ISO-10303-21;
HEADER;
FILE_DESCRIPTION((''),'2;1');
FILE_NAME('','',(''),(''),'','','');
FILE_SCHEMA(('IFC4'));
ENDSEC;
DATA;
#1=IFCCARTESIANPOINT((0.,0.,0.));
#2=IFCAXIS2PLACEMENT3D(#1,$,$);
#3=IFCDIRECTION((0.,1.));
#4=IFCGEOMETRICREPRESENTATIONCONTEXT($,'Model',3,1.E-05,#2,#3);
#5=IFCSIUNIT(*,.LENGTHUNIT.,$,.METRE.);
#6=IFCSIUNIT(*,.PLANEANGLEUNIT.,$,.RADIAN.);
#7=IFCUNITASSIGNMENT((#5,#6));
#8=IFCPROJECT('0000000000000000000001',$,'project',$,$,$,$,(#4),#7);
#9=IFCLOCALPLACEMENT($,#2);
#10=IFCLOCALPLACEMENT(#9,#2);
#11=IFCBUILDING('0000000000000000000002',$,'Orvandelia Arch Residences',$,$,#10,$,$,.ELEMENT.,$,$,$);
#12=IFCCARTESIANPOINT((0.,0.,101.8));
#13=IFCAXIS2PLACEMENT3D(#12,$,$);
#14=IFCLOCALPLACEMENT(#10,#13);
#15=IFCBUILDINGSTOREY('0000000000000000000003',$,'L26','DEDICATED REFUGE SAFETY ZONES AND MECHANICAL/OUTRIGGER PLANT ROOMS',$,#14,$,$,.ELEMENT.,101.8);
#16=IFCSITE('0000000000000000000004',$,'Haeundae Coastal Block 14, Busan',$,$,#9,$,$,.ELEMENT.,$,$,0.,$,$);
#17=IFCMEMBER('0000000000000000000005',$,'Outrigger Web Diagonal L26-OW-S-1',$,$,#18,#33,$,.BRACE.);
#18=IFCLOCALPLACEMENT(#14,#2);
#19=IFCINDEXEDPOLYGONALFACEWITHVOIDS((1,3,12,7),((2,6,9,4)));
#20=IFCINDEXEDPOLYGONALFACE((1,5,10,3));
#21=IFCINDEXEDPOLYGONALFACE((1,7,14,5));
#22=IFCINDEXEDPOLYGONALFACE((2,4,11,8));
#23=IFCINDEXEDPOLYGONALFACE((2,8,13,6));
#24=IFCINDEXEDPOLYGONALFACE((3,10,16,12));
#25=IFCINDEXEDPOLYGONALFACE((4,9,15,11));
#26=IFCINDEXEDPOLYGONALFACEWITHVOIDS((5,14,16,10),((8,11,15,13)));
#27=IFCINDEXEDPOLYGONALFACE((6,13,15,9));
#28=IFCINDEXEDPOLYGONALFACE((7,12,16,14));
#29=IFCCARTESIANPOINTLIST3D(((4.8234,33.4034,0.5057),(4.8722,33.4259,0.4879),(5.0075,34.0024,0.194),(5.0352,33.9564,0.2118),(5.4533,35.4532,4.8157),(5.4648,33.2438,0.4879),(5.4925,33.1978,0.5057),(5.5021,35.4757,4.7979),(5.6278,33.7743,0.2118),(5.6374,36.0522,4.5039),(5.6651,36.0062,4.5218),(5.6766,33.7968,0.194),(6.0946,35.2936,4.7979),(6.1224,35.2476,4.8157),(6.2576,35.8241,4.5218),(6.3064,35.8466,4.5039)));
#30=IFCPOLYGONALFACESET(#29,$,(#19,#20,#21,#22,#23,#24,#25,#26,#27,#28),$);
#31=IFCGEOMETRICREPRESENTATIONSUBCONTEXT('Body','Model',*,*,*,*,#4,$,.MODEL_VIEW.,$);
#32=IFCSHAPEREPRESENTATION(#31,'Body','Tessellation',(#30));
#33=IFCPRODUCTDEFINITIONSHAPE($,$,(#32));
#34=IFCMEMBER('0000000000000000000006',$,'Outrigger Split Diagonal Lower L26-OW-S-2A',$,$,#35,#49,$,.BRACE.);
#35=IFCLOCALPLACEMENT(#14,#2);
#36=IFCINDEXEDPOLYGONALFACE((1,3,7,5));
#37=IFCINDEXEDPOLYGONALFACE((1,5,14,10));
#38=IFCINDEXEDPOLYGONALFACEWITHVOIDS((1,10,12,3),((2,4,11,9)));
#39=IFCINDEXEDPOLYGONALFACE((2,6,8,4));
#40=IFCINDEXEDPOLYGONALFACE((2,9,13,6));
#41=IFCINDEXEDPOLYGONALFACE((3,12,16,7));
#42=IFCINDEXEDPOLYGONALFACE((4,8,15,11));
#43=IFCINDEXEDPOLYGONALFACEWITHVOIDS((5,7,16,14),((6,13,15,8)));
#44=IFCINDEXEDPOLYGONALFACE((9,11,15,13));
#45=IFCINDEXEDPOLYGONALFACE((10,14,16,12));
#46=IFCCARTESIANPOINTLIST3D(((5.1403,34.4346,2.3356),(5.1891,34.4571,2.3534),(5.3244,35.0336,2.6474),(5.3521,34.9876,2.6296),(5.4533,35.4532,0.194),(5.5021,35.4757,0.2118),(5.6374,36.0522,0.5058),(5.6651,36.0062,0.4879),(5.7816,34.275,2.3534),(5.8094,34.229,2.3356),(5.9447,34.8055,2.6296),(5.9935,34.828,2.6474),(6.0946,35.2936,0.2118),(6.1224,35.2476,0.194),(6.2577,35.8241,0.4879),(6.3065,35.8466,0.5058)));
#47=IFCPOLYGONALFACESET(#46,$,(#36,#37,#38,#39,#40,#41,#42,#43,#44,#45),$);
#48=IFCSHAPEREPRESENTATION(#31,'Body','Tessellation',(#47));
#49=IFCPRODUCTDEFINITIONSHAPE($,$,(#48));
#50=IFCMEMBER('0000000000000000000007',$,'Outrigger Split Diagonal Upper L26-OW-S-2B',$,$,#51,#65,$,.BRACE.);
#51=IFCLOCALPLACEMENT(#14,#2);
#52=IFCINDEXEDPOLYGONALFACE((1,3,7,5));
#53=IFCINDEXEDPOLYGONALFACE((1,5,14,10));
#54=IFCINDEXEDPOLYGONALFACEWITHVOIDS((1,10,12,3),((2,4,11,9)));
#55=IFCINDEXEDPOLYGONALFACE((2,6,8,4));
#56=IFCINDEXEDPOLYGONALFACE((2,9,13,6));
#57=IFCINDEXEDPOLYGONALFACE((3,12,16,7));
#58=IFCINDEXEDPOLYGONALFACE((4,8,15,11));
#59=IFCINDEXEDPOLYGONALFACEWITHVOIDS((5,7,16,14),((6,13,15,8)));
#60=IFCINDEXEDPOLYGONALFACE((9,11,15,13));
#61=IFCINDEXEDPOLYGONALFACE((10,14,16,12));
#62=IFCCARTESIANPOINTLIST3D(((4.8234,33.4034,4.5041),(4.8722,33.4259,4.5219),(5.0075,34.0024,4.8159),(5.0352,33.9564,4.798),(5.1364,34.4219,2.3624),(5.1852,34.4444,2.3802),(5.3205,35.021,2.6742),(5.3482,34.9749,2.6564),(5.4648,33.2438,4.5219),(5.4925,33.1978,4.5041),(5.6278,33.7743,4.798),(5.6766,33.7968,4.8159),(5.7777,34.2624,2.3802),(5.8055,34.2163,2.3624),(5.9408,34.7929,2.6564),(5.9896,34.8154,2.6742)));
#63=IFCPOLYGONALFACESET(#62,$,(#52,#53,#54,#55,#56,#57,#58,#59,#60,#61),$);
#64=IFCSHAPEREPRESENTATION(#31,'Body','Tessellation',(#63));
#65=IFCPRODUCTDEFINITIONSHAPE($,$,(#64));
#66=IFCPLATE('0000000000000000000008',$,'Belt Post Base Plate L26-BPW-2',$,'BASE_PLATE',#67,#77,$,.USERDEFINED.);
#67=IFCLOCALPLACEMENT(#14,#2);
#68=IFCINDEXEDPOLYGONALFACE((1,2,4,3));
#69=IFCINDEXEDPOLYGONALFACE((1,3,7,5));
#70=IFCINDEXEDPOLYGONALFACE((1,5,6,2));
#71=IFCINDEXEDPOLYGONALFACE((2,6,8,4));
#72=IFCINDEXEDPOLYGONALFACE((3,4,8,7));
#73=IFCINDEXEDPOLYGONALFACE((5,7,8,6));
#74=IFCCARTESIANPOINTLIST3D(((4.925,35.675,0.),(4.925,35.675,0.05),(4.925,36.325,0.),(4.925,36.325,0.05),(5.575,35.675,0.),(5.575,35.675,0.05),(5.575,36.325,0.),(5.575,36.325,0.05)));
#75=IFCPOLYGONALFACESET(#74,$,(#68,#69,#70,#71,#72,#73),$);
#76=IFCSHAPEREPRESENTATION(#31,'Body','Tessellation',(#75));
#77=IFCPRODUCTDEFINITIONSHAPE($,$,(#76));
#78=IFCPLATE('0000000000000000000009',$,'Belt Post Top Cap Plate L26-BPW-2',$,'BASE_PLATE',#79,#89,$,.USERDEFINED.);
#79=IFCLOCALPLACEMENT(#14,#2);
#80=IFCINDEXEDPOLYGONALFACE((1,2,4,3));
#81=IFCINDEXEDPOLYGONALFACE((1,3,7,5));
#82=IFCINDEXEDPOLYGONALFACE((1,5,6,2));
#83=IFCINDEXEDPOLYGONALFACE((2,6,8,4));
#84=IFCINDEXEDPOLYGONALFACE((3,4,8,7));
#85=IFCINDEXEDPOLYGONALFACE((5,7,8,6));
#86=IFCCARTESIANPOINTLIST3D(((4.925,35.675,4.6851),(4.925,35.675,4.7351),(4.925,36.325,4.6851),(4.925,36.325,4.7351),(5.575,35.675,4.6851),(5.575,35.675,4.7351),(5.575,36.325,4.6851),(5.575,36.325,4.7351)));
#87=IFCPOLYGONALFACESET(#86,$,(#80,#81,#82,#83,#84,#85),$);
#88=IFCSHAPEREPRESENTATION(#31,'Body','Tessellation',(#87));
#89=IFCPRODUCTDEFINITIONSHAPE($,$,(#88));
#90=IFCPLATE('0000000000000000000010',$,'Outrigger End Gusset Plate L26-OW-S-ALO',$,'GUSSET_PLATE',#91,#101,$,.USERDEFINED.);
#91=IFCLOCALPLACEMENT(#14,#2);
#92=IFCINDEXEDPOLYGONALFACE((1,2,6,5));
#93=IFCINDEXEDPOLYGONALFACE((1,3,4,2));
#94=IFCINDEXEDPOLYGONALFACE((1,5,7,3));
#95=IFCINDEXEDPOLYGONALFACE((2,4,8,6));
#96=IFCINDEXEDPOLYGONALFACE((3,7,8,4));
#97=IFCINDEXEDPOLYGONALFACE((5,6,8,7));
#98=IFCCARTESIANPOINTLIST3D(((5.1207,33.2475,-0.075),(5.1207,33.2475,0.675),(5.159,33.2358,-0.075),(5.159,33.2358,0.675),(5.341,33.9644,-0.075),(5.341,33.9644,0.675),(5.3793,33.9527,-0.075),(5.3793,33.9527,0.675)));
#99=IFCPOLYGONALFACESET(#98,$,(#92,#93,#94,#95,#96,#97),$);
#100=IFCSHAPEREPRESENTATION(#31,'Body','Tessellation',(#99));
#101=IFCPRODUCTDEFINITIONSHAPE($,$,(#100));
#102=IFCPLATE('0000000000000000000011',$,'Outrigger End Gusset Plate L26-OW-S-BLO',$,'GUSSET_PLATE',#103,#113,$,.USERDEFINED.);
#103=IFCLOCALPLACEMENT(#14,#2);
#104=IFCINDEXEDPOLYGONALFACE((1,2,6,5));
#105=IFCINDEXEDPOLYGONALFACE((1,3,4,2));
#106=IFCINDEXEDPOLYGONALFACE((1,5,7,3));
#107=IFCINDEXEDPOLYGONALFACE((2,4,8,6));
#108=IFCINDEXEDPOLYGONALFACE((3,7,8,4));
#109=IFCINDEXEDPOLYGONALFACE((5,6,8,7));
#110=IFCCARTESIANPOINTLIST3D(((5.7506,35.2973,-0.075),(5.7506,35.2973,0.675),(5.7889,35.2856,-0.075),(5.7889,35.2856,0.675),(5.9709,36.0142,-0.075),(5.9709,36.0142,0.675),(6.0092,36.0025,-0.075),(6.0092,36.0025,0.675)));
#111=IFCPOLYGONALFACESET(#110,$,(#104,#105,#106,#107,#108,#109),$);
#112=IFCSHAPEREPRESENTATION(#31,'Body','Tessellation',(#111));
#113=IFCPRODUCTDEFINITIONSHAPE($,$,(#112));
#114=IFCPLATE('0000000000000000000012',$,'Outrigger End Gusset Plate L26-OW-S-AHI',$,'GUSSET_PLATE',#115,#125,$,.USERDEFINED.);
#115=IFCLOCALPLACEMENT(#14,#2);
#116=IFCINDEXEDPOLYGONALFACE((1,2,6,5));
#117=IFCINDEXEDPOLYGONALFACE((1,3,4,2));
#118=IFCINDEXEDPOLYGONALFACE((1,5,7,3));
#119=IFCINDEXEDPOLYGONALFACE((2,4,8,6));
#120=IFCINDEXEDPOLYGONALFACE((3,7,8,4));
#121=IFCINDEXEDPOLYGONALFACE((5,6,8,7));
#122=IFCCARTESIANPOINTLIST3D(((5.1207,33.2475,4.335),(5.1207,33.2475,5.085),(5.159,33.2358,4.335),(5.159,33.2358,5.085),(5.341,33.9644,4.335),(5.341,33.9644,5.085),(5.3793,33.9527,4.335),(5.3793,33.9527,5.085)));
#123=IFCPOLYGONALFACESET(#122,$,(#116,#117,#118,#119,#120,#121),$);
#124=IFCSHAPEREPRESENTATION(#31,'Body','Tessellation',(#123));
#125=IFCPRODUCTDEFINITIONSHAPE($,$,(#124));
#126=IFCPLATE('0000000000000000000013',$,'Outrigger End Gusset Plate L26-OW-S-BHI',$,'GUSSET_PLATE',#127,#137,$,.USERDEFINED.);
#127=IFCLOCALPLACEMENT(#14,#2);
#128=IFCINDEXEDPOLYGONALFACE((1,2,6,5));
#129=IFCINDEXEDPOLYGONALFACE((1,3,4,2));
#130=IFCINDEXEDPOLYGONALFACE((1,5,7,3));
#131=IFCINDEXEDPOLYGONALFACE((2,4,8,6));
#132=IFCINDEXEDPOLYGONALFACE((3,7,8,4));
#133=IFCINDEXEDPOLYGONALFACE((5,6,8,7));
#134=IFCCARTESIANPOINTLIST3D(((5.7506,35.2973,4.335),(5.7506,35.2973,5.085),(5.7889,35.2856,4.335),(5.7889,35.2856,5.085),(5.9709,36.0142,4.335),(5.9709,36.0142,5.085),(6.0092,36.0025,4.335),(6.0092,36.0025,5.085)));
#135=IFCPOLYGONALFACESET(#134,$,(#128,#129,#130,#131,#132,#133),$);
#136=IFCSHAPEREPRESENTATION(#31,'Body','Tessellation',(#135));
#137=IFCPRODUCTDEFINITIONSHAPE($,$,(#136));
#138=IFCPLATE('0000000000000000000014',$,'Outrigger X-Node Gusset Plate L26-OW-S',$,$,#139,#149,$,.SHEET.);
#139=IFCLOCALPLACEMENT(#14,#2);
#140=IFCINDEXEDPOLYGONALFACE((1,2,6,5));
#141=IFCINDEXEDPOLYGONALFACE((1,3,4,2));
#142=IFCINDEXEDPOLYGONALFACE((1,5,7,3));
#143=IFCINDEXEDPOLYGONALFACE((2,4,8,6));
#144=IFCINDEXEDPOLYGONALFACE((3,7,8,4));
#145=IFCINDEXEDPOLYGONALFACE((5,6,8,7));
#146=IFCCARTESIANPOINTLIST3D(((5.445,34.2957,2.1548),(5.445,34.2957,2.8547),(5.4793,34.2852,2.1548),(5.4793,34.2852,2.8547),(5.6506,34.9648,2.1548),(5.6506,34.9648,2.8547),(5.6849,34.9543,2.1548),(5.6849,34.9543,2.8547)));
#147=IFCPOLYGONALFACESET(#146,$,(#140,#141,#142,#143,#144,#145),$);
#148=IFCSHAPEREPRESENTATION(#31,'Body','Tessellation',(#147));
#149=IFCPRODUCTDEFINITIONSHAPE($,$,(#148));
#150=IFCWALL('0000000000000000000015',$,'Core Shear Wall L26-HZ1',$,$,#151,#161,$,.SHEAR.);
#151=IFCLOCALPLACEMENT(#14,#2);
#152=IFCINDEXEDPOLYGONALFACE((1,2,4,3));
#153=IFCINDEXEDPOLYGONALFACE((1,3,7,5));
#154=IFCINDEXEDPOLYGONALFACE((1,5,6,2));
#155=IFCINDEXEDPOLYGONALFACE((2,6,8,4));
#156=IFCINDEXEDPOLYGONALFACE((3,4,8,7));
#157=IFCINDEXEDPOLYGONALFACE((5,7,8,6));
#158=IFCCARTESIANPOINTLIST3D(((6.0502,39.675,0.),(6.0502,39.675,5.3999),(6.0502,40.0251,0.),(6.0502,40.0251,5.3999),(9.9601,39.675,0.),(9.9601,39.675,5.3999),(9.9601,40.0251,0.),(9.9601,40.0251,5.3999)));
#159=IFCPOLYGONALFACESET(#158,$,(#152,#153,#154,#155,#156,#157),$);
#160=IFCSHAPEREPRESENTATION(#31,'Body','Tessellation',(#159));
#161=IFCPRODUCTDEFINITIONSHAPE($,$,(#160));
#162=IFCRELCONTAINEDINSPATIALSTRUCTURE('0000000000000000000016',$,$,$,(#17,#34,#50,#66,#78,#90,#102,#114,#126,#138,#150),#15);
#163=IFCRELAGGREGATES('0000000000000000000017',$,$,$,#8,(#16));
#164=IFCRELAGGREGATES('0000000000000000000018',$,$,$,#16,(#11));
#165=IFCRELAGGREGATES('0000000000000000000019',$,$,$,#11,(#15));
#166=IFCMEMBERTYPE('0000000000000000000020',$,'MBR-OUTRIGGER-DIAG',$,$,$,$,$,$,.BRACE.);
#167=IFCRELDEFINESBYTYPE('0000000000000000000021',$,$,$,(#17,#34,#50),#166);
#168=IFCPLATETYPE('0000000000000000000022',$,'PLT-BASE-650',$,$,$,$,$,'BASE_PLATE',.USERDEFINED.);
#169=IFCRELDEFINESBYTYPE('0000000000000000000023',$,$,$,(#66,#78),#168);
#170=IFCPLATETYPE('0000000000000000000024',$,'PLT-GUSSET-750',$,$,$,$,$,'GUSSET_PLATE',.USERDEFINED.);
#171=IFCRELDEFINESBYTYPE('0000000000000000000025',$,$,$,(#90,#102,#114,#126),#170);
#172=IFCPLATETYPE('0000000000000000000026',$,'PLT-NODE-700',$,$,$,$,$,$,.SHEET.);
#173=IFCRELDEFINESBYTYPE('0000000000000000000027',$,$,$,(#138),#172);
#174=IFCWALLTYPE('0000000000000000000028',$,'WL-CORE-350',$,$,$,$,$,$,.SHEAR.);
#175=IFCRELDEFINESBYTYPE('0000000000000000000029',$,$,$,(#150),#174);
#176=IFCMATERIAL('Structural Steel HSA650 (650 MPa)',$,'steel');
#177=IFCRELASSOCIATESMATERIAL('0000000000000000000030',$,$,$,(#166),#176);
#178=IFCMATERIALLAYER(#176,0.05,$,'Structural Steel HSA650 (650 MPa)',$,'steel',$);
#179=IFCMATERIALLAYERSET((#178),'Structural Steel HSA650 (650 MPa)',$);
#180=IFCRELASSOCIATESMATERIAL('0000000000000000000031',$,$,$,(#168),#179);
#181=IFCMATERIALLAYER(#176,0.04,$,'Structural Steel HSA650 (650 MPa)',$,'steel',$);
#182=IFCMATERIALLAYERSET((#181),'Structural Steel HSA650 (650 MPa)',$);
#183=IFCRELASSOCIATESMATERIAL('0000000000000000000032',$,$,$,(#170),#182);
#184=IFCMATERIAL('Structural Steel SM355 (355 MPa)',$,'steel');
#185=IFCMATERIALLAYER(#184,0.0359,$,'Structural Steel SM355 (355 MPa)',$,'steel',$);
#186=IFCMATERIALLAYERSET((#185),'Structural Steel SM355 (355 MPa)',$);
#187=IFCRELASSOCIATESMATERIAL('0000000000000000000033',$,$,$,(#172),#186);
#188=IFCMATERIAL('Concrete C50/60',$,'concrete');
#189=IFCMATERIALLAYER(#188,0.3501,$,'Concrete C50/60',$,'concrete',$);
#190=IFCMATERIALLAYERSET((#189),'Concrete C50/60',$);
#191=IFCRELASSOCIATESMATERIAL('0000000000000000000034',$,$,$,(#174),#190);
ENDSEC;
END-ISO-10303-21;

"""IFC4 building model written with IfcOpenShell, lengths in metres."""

from ifc_helpers import new_model, si_unit, direction, frame, frame_2d, origin, origin_2d, place, context, subcontext, project, spatial, rectangle, hollow_rectangle, extrude, material, layer, layer_set, material_profile, profile_set, type_object, element, save


model = new_model("IFC4")

# Units and contexts
model_context = context("Model", 3, precision=1e-05, world=origin(), true_north=direction((0.0, 1.0)))
body_context = subcontext(model_context, "Body", "Model", "MODEL_VIEW")
ifc_project = project(units=[si_unit("LENGTHUNIT", "METRE"), si_unit("PLANEANGLEUNIT", "RADIAN")], contexts=[model_context])

# Site, building, storey
site_placement = place(None, origin())
site = spatial("IfcSite", under=ifc_project, at=site_placement, Name="Haeundae Coastal Block 14, Busan", CompositionType="ELEMENT", RefElevation=0.0)
building_placement = place(site_placement, origin())
building = spatial("IfcBuilding", under=site, at=building_placement, Name="Orvandelia Arch Residences", CompositionType="ELEMENT")
storey_placement = place(building_placement, frame((0.0, 0.0, 101.8)))
storey = spatial("IfcBuildingStorey", under=building, at=storey_placement, Name="L26", Description="DEDICATED REFUGE SAFETY ZONES AND MECHANICAL/OUTRIGGER PLANT ROOMS", CompositionType="ELEMENT", Elevation=101.8)

# Shared definitions
ifc_material_1 = material(Name="Structural Steel SM355 (355 MPa)", Category="steel")

# Members
ifc_material_2 = material(Name="Structural Steel HSA650 (650 MPa)", Category="steel")
ifc_material_profile_1 = material_profile(ifc_material_2, hollow_rectangle(XDim=0.7, YDim=0.7, WallThickness=0.04, at=origin_2d()), Name="Structural Steel HSA650 (650 MPa)", Category="steel")
ifc_profile_set_1 = profile_set([ifc_material_profile_1], Name="Structural Steel HSA650 (650 MPa)")
member_type_1 = type_object("IfcMemberType", Name="MBR-OUTRIGGER-DIAG", PredefinedType="BRACE", material=ifc_profile_set_1)
member_1_placement = place(storey_placement, frame((5.25, 33.6001, 0.3499), z_axis=(0.130843, 0.425796, 0.895309), x_axis=(-0.955887, 0.293734, 0.0)))
element("IfcMember", 1, at=member_1_placement, inside=storey, type_object=member_type_1, Name="Outrigger Web Diagonal L26-OW-S-1", PredefinedType="BRACE", context=body_context, shape_type="SweptSolid", body=[
    extrude(hollow_rectangle(XDim=0.7, YDim=0.7, WallThickness=0.04, at=origin_2d()), origin(), (0.0, 0.0, 1.0), 4.814),
])
for number, where, z_axis, x_axis, name in (
    (2, (5.8799, 35.6499, 0.3499), (-0.130846, -0.425809, 0.895302), (0.955888, -0.293732, 0.0), "Outrigger Split Diagonal Lower L26-OW-S-2A"),
    (3, (5.563, 34.6187, 2.5183), (-0.130846, -0.425809, 0.895302), (0.955888, -0.293732, 0.0), "Outrigger Split Diagonal Upper L26-OW-S-2B"),
):
    element("IfcMember", number, at=place(storey_placement, frame(where, z_axis=z_axis, x_axis=x_axis)), inside=storey, type_object=member_type_1, Name=name, PredefinedType="BRACE", context=body_context, shape_type="SweptSolid", body=[
        extrude(hollow_rectangle(XDim=0.7, YDim=0.7, WallThickness=0.04, at=origin_2d()), origin(), (0.0, 0.0, 1.0), 2.3921),
    ])

# Plates
ifc_layer_1 = layer(ifc_material_2, 0.05, Name="Structural Steel HSA650 (650 MPa)", Category="steel")
ifc_layer_set_1 = layer_set([ifc_layer_1], Name="Structural Steel HSA650 (650 MPa)")
plate_type_1 = type_object("IfcPlateType", Name="PLT-BASE-650", ElementType="BASE_PLATE", PredefinedType="USERDEFINED", material=ifc_layer_set_1)
for number, where, z_axis, x_axis, name in (
    (4, (5.25, 36.0, 0.0), (0.0, 0.0, 1.0), (1.0, 0.0, 0.0), "Belt Post Base Plate L26-BPW-2"),
    (5, (5.25, 36.0, 4.6851), (0.0, 0.0, 1.0), (1.0, 0.0, 0.0), "Belt Post Top Cap Plate L26-BPW-2"),
):
    element("IfcPlate", number, at=place(storey_placement, frame(where, z_axis=z_axis, x_axis=x_axis)), inside=storey, type_object=plate_type_1, Name=name, ObjectType="BASE_PLATE", PredefinedType="USERDEFINED", context=body_context, shape_type="SweptSolid", body=[
        extrude(rectangle(XDim=0.6499, YDim=0.6499, at=origin_2d()), origin(), (0.0, 0.0, 1.0), 0.05),
    ])
ifc_layer_2 = layer(ifc_material_2, 0.04, Name="Structural Steel HSA650 (650 MPa)", Category="steel")
ifc_layer_set_2 = layer_set([ifc_layer_2], Name="Structural Steel HSA650 (650 MPa)")
plate_type_2 = type_object("IfcPlateType", Name="PLT-GUSSET-750", ElementType="GUSSET_PLATE", PredefinedType="USERDEFINED", material=ifc_layer_set_2)
for number, where, z_axis, x_axis, name in (
    (6, (5.25, 33.6001, -0.075), (0.0, 0.0, 1.0), (0.293757, 0.95588, 0.0), "Outrigger End Gusset Plate L26-OW-S-ALO"),
    (7, (5.8799, 35.6499, -0.075), (0.0, 0.0, 1.0), (0.293757, 0.95588, 0.0), "Outrigger End Gusset Plate L26-OW-S-BLO"),
    (8, (5.25, 33.6001, 4.335), (0.0, 0.0, 1.0), (0.293757, 0.95588, 0.0), "Outrigger End Gusset Plate L26-OW-S-AHI"),
    (9, (5.8799, 35.6499, 4.335), (0.0, 0.0, 1.0), (0.293757, 0.95588, 0.0), "Outrigger End Gusset Plate L26-OW-S-BHI"),
):
    element("IfcPlate", number, at=place(storey_placement, frame(where, z_axis=z_axis, x_axis=x_axis)), inside=storey, type_object=plate_type_2, Name=name, ObjectType="GUSSET_PLATE", PredefinedType="USERDEFINED", context=body_context, shape_type="SweptSolid", body=[
        extrude(rectangle(XDim=0.75, YDim=0.04, at=origin_2d()), origin(), (0.0, 0.0, 1.0), 0.75),
    ])
ifc_layer_3 = layer(ifc_material_1, 0.0359, Name="Structural Steel SM355 (355 MPa)", Category="steel")
ifc_layer_set_3 = layer_set([ifc_layer_3], Name="Structural Steel SM355 (355 MPa)")
plate_type_3 = type_object("IfcPlateType", Name="PLT-NODE-700", PredefinedType="SHEET", material=ifc_layer_set_3)
plate_placement = place(storey_placement, frame((5.5649, 34.625, 2.1548), z_axis=(0.0, 0.0, 1.0), x_axis=(0.293757, 0.95588, 0.0)))
element("IfcPlate", 10, at=plate_placement, inside=storey, type_object=plate_type_3, Name="Outrigger X-Node Gusset Plate L26-OW-S", PredefinedType="SHEET", context=body_context, shape_type="SweptSolid", body=[
    extrude(rectangle(XDim=0.7, YDim=0.0359, at=origin_2d()), origin(), (0.0, 0.0, 1.0), 0.7),
])

# Wall
ifc_material_3 = material(Name="Concrete C50/60", Category="concrete")
ifc_layer_4 = layer(ifc_material_3, 0.3501, Name="Concrete C50/60", Category="concrete")
ifc_layer_set_4 = layer_set([ifc_layer_4], Name="Concrete C50/60")
wall_type_1 = type_object("IfcWallType", Name="WL-CORE-350", PredefinedType="SHEAR", material=ifc_layer_set_4)
wall_1_placement = place(storey_placement, frame((6.05, 39.8501, 0.0), z_axis=(0.0, 0.0, 1.0), x_axis=(1.0, 0.0, 0.0)))
element("IfcWall", 11, at=wall_1_placement, inside=storey, type_object=wall_type_1, Name="Core Shear Wall L26-HZ1", PredefinedType="SHEAR", context=body_context, shape_type="SweptSolid", body=[
    extrude(rectangle(XDim=3.9099, YDim=0.3501, at=frame_2d((1.9551, 0.0))), origin(), (0.0, 0.0, 1.0), 5.3999),
])

save(model, "model.ifc")
